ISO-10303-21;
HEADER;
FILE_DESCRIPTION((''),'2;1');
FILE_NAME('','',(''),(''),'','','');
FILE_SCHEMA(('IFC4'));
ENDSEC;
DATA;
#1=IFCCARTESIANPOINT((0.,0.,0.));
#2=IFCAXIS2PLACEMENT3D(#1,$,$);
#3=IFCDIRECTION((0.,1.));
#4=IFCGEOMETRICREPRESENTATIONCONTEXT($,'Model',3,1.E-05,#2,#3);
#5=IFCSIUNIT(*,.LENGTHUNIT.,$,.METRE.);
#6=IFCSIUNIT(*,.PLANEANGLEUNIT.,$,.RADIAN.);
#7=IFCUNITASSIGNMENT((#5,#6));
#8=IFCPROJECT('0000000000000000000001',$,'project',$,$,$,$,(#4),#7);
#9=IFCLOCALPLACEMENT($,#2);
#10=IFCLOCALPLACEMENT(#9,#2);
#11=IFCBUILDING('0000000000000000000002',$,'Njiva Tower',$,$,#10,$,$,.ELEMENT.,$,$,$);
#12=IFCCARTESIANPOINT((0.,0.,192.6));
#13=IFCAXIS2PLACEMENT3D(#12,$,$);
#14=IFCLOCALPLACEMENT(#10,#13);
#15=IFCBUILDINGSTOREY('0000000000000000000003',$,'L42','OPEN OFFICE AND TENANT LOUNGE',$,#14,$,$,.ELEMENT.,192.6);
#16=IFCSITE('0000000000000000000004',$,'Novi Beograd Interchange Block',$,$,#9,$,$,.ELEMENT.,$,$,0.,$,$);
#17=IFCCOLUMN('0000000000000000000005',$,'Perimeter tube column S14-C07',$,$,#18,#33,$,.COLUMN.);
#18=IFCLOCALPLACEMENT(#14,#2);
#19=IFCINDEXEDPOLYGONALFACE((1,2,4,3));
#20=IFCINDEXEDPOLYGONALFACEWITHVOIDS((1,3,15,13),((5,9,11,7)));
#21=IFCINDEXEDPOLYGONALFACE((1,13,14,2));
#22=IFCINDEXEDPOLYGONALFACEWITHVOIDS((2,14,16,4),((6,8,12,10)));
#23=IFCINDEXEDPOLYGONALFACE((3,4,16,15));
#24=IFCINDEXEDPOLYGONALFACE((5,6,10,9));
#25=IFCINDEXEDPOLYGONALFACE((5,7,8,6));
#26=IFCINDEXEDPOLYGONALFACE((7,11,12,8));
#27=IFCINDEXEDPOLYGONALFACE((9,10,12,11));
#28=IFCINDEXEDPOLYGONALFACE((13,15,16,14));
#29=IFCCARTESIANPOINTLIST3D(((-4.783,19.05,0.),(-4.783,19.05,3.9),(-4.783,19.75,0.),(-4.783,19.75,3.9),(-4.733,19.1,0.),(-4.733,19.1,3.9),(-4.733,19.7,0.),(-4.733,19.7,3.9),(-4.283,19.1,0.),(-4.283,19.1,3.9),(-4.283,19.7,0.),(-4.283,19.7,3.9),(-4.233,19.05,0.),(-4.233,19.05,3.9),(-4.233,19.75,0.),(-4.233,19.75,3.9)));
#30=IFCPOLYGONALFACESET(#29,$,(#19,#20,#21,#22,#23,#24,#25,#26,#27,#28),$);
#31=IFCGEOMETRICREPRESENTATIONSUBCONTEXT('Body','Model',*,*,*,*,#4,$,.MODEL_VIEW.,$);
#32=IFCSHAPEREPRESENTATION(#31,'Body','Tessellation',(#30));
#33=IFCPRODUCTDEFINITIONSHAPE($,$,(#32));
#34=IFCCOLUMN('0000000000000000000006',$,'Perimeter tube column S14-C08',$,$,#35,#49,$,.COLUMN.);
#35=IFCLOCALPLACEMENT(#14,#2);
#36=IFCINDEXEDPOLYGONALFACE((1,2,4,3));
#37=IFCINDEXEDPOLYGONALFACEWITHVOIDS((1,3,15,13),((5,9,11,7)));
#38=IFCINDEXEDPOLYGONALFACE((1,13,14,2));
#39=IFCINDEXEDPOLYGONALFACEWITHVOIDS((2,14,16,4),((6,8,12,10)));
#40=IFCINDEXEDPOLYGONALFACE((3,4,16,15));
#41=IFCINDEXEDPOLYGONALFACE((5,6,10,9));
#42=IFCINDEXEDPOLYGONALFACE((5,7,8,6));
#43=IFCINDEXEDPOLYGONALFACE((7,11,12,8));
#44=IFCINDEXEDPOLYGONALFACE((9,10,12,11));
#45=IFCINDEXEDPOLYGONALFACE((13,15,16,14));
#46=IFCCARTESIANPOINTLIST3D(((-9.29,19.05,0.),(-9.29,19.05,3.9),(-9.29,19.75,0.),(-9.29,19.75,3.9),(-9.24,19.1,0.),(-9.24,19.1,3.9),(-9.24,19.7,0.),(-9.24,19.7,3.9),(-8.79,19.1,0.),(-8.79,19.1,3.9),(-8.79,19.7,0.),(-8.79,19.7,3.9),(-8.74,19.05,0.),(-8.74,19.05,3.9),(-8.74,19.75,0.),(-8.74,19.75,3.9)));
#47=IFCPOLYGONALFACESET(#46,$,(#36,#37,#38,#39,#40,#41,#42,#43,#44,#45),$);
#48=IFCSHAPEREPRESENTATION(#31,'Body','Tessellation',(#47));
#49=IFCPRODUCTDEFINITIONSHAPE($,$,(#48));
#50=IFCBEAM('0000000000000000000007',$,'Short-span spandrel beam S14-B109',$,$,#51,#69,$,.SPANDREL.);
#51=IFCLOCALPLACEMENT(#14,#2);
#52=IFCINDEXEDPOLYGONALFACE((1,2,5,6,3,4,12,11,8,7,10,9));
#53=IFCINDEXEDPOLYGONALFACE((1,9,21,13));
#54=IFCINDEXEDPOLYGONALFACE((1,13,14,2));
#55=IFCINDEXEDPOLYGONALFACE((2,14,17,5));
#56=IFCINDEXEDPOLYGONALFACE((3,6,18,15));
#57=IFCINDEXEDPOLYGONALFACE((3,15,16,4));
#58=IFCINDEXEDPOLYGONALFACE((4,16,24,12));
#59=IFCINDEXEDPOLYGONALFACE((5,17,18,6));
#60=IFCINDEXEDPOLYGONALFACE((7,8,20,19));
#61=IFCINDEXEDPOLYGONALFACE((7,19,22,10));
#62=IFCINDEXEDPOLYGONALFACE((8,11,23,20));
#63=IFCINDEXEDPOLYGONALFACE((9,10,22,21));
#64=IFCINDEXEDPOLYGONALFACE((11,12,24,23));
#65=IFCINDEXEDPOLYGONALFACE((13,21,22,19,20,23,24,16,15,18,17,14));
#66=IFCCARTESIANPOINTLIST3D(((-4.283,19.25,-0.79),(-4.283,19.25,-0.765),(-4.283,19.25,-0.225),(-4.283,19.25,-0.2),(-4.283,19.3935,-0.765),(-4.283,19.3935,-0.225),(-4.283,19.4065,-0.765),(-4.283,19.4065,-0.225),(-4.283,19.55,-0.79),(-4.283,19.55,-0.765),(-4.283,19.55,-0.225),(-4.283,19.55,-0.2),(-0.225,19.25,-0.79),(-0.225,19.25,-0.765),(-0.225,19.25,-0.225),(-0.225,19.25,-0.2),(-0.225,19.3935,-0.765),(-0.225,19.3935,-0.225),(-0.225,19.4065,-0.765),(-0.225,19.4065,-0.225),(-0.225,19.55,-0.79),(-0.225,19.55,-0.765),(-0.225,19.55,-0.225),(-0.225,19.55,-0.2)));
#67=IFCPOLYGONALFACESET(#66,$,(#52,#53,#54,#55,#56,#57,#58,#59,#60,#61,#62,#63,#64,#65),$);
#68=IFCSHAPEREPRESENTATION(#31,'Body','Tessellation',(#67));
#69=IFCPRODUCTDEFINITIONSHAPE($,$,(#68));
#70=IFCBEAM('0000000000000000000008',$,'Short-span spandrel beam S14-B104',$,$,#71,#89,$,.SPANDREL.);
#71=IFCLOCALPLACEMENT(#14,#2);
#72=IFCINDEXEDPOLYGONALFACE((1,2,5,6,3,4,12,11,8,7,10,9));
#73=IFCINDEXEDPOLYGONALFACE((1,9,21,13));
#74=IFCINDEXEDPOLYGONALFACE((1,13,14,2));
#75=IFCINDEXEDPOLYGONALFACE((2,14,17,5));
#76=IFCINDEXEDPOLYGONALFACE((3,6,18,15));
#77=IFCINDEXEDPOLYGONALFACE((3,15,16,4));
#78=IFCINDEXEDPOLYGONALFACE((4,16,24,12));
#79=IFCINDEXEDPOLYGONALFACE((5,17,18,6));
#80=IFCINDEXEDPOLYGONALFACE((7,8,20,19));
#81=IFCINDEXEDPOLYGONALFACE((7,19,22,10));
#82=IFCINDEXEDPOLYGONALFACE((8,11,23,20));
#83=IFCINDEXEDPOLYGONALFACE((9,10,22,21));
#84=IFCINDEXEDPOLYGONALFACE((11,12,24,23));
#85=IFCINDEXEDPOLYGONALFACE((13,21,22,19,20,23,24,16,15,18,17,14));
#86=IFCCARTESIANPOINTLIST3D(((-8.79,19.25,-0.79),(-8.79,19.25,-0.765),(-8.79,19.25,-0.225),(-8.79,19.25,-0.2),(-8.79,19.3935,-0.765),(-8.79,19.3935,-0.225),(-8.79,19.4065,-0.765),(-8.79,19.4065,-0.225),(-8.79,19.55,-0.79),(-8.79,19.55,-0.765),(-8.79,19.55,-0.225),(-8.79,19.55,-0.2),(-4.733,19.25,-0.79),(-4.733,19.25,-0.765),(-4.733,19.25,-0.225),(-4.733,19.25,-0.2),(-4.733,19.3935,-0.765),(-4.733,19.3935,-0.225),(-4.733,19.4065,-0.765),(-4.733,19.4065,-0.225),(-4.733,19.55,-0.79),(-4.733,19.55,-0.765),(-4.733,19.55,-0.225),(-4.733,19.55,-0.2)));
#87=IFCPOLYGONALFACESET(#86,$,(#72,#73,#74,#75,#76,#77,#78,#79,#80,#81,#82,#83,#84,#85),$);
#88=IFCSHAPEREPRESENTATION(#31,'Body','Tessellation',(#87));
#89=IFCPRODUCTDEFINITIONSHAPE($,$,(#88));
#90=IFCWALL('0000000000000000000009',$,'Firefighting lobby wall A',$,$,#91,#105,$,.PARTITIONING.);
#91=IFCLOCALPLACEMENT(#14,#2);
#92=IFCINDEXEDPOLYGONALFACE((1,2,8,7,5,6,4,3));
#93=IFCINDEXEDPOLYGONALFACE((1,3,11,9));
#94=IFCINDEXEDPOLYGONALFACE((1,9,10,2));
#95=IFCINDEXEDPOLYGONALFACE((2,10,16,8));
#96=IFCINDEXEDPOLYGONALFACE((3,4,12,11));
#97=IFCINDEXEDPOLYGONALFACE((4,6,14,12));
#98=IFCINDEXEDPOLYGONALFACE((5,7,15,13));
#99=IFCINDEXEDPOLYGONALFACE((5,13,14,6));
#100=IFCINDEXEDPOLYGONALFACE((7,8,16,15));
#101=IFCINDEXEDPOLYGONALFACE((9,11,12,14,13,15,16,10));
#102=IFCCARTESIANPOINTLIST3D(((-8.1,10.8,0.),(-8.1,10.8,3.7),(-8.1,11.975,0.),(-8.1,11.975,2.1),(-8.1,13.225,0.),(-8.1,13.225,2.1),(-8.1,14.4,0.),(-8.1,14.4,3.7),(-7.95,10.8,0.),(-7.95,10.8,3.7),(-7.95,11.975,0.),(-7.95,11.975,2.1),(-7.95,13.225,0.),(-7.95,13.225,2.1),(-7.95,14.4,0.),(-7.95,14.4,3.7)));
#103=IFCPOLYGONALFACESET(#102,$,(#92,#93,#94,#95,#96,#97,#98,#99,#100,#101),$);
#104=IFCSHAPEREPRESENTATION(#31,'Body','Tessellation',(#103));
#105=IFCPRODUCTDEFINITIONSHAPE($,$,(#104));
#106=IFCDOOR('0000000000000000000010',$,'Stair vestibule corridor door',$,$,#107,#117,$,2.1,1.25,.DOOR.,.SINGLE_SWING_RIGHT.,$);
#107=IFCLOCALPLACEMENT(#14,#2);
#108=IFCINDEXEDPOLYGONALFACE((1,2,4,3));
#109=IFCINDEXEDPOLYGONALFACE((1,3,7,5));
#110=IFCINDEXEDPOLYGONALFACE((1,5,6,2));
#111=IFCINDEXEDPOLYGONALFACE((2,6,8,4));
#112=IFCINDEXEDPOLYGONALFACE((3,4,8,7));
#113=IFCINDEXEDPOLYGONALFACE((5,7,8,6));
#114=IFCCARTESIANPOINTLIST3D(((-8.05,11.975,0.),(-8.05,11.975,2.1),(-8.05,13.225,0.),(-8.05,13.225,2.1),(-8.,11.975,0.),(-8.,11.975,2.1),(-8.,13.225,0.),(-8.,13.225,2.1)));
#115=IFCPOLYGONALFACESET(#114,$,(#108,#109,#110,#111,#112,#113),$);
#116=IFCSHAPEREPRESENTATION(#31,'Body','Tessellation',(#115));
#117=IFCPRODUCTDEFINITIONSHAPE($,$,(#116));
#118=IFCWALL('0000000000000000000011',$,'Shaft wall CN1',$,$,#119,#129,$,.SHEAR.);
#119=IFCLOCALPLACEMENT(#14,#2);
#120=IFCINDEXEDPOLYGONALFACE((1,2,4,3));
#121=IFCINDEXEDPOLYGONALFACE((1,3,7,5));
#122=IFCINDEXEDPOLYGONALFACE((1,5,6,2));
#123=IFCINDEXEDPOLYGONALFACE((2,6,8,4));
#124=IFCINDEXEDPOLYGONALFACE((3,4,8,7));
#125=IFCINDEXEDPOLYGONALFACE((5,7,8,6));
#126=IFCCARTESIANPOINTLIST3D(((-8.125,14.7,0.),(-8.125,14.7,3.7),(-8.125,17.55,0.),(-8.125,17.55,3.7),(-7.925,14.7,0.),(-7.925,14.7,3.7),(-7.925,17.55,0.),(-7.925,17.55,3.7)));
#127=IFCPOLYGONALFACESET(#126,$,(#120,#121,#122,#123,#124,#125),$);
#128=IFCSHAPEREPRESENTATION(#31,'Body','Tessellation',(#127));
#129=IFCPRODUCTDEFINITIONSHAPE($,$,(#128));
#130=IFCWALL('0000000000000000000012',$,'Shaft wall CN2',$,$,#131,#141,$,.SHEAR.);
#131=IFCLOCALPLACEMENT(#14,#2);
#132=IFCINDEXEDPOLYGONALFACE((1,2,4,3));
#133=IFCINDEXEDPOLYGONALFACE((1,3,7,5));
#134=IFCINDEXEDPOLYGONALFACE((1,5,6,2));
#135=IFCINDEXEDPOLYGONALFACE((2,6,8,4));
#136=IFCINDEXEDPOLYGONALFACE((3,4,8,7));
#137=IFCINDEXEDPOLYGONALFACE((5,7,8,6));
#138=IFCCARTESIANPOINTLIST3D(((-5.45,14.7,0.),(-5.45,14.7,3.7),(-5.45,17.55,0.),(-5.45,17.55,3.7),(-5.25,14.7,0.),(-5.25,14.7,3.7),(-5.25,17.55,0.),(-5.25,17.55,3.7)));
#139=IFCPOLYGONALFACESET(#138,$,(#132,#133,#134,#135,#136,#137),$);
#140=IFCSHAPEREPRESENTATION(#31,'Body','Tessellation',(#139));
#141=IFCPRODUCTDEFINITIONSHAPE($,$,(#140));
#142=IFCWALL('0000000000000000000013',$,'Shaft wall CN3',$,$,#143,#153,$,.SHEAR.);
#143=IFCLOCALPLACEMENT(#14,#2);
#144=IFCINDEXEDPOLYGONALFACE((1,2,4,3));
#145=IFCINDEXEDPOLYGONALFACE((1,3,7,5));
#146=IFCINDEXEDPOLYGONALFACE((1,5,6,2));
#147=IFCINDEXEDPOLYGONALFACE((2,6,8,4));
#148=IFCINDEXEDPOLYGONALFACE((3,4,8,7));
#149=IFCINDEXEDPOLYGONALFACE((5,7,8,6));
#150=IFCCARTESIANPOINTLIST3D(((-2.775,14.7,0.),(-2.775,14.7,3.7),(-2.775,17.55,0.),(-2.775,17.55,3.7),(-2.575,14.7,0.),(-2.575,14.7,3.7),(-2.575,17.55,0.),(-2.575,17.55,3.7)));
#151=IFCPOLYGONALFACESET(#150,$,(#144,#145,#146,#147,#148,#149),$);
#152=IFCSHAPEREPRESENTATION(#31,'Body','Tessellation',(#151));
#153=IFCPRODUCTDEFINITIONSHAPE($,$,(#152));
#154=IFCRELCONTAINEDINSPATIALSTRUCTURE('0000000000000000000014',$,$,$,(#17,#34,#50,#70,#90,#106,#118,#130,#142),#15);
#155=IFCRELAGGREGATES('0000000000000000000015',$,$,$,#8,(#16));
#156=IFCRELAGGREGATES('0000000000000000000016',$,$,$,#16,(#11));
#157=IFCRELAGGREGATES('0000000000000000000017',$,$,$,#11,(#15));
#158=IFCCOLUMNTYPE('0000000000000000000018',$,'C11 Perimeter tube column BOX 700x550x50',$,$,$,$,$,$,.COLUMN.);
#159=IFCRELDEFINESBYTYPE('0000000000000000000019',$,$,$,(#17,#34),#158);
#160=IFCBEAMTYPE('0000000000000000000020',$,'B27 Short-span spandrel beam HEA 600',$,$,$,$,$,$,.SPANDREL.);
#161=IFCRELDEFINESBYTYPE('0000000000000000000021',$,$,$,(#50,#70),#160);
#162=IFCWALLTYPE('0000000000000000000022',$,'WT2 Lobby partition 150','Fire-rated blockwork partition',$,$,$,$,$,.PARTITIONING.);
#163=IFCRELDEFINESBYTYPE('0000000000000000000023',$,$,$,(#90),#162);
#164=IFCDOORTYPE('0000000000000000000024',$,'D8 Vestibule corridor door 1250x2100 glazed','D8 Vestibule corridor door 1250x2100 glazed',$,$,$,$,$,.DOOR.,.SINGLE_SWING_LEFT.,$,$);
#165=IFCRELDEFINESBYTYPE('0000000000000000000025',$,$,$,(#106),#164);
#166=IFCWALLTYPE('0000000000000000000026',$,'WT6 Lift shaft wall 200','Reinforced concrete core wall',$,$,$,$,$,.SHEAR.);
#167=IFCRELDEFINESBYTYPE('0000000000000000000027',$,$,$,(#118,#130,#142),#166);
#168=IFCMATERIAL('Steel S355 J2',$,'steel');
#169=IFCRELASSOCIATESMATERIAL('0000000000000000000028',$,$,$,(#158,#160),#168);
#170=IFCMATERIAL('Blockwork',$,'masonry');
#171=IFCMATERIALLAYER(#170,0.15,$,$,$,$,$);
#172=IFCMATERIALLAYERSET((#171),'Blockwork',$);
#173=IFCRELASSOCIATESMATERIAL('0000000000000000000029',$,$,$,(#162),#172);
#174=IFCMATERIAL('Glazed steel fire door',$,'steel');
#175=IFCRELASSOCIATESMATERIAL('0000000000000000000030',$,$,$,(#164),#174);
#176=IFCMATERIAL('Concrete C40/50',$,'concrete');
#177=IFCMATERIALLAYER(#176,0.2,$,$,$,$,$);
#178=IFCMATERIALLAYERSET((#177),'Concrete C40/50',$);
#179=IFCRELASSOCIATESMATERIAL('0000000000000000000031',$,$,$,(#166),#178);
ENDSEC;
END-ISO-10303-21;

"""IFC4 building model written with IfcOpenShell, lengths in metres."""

from ifc_helpers import new_model, si_unit, direction, frame, frame_2d, origin, origin_2d, place, context, subcontext, project, spatial, rectangle, hollow_rectangle, i_section, extrude, material, layer, layer_set, material_profile, profile_set, type_object, element, fill, save


model = new_model("IFC4")

# Units and contexts
model_context = context("Model", 3, precision=1e-05, world=origin(), true_north=direction((0.0, 1.0)))
body_context = subcontext(model_context, "Body", "Model", "MODEL_VIEW")
ifc_project = project(units=[si_unit("LENGTHUNIT", "METRE"), si_unit("PLANEANGLEUNIT", "RADIAN")], contexts=[model_context])

# Site, building, storey
site_placement = place(None, origin())
site = spatial("IfcSite", under=ifc_project, at=site_placement, Name="Novi Beograd Interchange Block", CompositionType="ELEMENT", RefElevation=0.0)
building_placement = place(site_placement, origin())
building = spatial("IfcBuilding", under=site, at=building_placement, Name="Njiva Tower", CompositionType="ELEMENT")
storey_placement = place(building_placement, frame((0.0, 0.0, 192.6)))
storey = spatial("IfcBuildingStorey", under=building, at=storey_placement, Name="L42", Description="OPEN OFFICE AND TENANT LOUNGE", CompositionType="ELEMENT", Elevation=192.6)

# Columns
ifc_material_1 = material(Name="Steel S355 J2", Category="steel")
ifc_material_profile_1 = material_profile(ifc_material_1, hollow_rectangle(XDim=0.55, YDim=0.7, WallThickness=0.05, at=origin_2d()), Name="BOX 700x550x50")
ifc_profile_set_1 = profile_set([ifc_material_profile_1], Name="Steel S355 J2")
column_type = type_object("IfcColumnType", Name="C11 Perimeter tube column BOX 700x550x50", PredefinedType="COLUMN", material=ifc_profile_set_1)
for number, where, z_axis, x_axis, name in (
    (1, (-4.508, 19.4, 0.0), (0.0, 0.0, 1.0), (-1.0, 0.0, 0.0), "Perimeter tube column S14-C07"),
    (2, (-9.015, 19.4, 0.0), (0.0, 0.0, 1.0), (-1.0, 0.0, 0.0), "Perimeter tube column S14-C08"),
):
    element("IfcColumn", number, at=place(storey_placement, frame(where, z_axis=z_axis, x_axis=x_axis)), inside=storey, type_object=column_type, Name=name, PredefinedType="COLUMN", context=body_context, shape_type="SweptSolid", body=[
        extrude(hollow_rectangle(XDim=0.55, YDim=0.7, WallThickness=0.05, at=origin_2d()), origin(), (0.0, 0.0, 1.0), 3.9),
    ])

# Beams
ifc_material_profile_2 = material_profile(ifc_material_1, i_section(OverallWidth=0.3, OverallDepth=0.59, WebThickness=0.013, FlangeThickness=0.025, at=origin_2d()), Name="HEA 600")
ifc_profile_set_2 = profile_set([ifc_material_profile_2], Name="Steel S355 J2")
beam_type = type_object("IfcBeamType", Name="B27 Short-span spandrel beam HEA 600", PredefinedType="SPANDREL", material=ifc_profile_set_2)
beam_1_placement = place(storey_placement, frame((-0.225, 19.4, -0.495), z_axis=(-1.0, 0.0, 0.0), x_axis=(0.0, -1.0, 0.0)))
element("IfcBeam", 3, at=beam_1_placement, inside=storey, type_object=beam_type, Name="Short-span spandrel beam S14-B109", PredefinedType="SPANDREL", context=body_context, shape_type="SweptSolid", body=[
    extrude(i_section(OverallWidth=0.3, OverallDepth=0.59, WebThickness=0.013, FlangeThickness=0.025, at=origin_2d()), origin(), (0.0, 0.0, 1.0), 4.058),
])
beam_2_placement = place(storey_placement, frame((-4.733, 19.4, -0.495), z_axis=(-1.0, 0.0, 0.0), x_axis=(0.0, -1.0, 0.0)))
element("IfcBeam", 4, at=beam_2_placement, inside=storey, type_object=beam_type, Name="Short-span spandrel beam S14-B104", PredefinedType="SPANDREL", context=body_context, shape_type="SweptSolid", body=[
    extrude(i_section(OverallWidth=0.3, OverallDepth=0.59, WebThickness=0.013, FlangeThickness=0.025, at=origin_2d()), origin(), (0.0, 0.0, 1.0), 4.057),
])

# Wall, opening, door
ifc_material_2 = material(Name="Blockwork", Category="masonry")
ifc_layer_1 = layer(ifc_material_2, 0.15)
ifc_layer_set_1 = layer_set([ifc_layer_1], Name="Blockwork")
wall_type_1 = type_object("IfcWallType", Name="WT2 Lobby partition 150", Description="Fire-rated blockwork partition", PredefinedType="PARTITIONING", material=ifc_layer_set_1)
wall_placement = place(storey_placement, frame((-8.025, 10.8, 0.0), z_axis=(0.0, 0.0, 1.0), x_axis=(0.0, 1.0, 0.0)))
wall = element("IfcWall", 5, at=wall_placement, inside=storey, type_object=wall_type_1, Name="Firefighting lobby wall A", PredefinedType="PARTITIONING", context=body_context, shape_type="SweptSolid", body=[
    extrude(rectangle(XDim=3.6, YDim=0.15, at=frame_2d((1.8, 0.0))), origin(), (0.0, 0.0, 1.0), 3.7),
])
opening_placement = place(wall_placement, frame((1.175, 0.0, 0.0)))
opening = element("IfcOpeningElement", 6, at=opening_placement, cuts=wall, PredefinedType="OPENING", context=body_context, shape_type="SweptSolid", body=[
    extrude(rectangle(XDim=1.25, YDim=2.1, at=frame_2d((0.625, 1.05))), frame((0.0, 0.085, 0.0), z_axis=(0.0, -1.0, 0.0), x_axis=(1.0, 0.0, 0.0)), (0.0, 0.0, 1.0), 0.17),
])
ifc_material_3 = material(Name="Glazed steel fire door", Category="steel")
door_type = type_object("IfcDoorType", Name="D8 Vestibule corridor door 1250x2100 glazed", Description="D8 Vestibule corridor door 1250x2100 glazed", OperationType="SINGLE_SWING_LEFT", PredefinedType="DOOR", material=ifc_material_3)
door_placement = place(opening_placement, origin())
door = element("IfcDoor", 7, at=door_placement, inside=storey, type_object=door_type, Name="Stair vestibule corridor door", OperationType="SINGLE_SWING_RIGHT", OverallHeight=2.1, OverallWidth=1.25, PredefinedType="DOOR", context=body_context, shape_type="SweptSolid", body=[
    extrude(rectangle(XDim=1.25, YDim=2.1, at=frame_2d((0.625, 1.05))), frame((0.0, 0.025, 0.0), z_axis=(0.0, -1.0, 0.0), x_axis=(1.0, 0.0, 0.0)), (0.0, 0.0, 1.0), 0.05),
])
fill(opening, door)

# Walls
ifc_material_4 = material(Name="Concrete C40/50", Category="concrete")
ifc_layer_2 = layer(ifc_material_4, 0.2)
ifc_layer_set_2 = layer_set([ifc_layer_2], Name="Concrete C40/50")
wall_type_2 = type_object("IfcWallType", Name="WT6 Lift shaft wall 200", Description="Reinforced concrete core wall", PredefinedType="SHEAR", material=ifc_layer_set_2)
for number, where, z_axis, x_axis, name in (
    (8, (-8.025, 14.7, 0.0), (0.0, 0.0, 1.0), (0.0, 1.0, 0.0), "Shaft wall CN1"),
    (9, (-5.35, 14.7, 0.0), (0.0, 0.0, 1.0), (0.0, 1.0, 0.0), "Shaft wall CN2"),
    (10, (-2.675, 14.7, 0.0), (0.0, 0.0, 1.0), (0.0, 1.0, 0.0), "Shaft wall CN3"),
):
    element("IfcWall", number, at=place(storey_placement, frame(where, z_axis=z_axis, x_axis=x_axis)), inside=storey, type_object=wall_type_2, Name=name, PredefinedType="SHEAR", context=body_context, shape_type="SweptSolid", body=[
        extrude(rectangle(XDim=2.85, YDim=0.2, at=frame_2d((1.425, 0.0))), origin(), (0.0, 0.0, 1.0), 3.7),
    ])

save(model, "model.ifc")
